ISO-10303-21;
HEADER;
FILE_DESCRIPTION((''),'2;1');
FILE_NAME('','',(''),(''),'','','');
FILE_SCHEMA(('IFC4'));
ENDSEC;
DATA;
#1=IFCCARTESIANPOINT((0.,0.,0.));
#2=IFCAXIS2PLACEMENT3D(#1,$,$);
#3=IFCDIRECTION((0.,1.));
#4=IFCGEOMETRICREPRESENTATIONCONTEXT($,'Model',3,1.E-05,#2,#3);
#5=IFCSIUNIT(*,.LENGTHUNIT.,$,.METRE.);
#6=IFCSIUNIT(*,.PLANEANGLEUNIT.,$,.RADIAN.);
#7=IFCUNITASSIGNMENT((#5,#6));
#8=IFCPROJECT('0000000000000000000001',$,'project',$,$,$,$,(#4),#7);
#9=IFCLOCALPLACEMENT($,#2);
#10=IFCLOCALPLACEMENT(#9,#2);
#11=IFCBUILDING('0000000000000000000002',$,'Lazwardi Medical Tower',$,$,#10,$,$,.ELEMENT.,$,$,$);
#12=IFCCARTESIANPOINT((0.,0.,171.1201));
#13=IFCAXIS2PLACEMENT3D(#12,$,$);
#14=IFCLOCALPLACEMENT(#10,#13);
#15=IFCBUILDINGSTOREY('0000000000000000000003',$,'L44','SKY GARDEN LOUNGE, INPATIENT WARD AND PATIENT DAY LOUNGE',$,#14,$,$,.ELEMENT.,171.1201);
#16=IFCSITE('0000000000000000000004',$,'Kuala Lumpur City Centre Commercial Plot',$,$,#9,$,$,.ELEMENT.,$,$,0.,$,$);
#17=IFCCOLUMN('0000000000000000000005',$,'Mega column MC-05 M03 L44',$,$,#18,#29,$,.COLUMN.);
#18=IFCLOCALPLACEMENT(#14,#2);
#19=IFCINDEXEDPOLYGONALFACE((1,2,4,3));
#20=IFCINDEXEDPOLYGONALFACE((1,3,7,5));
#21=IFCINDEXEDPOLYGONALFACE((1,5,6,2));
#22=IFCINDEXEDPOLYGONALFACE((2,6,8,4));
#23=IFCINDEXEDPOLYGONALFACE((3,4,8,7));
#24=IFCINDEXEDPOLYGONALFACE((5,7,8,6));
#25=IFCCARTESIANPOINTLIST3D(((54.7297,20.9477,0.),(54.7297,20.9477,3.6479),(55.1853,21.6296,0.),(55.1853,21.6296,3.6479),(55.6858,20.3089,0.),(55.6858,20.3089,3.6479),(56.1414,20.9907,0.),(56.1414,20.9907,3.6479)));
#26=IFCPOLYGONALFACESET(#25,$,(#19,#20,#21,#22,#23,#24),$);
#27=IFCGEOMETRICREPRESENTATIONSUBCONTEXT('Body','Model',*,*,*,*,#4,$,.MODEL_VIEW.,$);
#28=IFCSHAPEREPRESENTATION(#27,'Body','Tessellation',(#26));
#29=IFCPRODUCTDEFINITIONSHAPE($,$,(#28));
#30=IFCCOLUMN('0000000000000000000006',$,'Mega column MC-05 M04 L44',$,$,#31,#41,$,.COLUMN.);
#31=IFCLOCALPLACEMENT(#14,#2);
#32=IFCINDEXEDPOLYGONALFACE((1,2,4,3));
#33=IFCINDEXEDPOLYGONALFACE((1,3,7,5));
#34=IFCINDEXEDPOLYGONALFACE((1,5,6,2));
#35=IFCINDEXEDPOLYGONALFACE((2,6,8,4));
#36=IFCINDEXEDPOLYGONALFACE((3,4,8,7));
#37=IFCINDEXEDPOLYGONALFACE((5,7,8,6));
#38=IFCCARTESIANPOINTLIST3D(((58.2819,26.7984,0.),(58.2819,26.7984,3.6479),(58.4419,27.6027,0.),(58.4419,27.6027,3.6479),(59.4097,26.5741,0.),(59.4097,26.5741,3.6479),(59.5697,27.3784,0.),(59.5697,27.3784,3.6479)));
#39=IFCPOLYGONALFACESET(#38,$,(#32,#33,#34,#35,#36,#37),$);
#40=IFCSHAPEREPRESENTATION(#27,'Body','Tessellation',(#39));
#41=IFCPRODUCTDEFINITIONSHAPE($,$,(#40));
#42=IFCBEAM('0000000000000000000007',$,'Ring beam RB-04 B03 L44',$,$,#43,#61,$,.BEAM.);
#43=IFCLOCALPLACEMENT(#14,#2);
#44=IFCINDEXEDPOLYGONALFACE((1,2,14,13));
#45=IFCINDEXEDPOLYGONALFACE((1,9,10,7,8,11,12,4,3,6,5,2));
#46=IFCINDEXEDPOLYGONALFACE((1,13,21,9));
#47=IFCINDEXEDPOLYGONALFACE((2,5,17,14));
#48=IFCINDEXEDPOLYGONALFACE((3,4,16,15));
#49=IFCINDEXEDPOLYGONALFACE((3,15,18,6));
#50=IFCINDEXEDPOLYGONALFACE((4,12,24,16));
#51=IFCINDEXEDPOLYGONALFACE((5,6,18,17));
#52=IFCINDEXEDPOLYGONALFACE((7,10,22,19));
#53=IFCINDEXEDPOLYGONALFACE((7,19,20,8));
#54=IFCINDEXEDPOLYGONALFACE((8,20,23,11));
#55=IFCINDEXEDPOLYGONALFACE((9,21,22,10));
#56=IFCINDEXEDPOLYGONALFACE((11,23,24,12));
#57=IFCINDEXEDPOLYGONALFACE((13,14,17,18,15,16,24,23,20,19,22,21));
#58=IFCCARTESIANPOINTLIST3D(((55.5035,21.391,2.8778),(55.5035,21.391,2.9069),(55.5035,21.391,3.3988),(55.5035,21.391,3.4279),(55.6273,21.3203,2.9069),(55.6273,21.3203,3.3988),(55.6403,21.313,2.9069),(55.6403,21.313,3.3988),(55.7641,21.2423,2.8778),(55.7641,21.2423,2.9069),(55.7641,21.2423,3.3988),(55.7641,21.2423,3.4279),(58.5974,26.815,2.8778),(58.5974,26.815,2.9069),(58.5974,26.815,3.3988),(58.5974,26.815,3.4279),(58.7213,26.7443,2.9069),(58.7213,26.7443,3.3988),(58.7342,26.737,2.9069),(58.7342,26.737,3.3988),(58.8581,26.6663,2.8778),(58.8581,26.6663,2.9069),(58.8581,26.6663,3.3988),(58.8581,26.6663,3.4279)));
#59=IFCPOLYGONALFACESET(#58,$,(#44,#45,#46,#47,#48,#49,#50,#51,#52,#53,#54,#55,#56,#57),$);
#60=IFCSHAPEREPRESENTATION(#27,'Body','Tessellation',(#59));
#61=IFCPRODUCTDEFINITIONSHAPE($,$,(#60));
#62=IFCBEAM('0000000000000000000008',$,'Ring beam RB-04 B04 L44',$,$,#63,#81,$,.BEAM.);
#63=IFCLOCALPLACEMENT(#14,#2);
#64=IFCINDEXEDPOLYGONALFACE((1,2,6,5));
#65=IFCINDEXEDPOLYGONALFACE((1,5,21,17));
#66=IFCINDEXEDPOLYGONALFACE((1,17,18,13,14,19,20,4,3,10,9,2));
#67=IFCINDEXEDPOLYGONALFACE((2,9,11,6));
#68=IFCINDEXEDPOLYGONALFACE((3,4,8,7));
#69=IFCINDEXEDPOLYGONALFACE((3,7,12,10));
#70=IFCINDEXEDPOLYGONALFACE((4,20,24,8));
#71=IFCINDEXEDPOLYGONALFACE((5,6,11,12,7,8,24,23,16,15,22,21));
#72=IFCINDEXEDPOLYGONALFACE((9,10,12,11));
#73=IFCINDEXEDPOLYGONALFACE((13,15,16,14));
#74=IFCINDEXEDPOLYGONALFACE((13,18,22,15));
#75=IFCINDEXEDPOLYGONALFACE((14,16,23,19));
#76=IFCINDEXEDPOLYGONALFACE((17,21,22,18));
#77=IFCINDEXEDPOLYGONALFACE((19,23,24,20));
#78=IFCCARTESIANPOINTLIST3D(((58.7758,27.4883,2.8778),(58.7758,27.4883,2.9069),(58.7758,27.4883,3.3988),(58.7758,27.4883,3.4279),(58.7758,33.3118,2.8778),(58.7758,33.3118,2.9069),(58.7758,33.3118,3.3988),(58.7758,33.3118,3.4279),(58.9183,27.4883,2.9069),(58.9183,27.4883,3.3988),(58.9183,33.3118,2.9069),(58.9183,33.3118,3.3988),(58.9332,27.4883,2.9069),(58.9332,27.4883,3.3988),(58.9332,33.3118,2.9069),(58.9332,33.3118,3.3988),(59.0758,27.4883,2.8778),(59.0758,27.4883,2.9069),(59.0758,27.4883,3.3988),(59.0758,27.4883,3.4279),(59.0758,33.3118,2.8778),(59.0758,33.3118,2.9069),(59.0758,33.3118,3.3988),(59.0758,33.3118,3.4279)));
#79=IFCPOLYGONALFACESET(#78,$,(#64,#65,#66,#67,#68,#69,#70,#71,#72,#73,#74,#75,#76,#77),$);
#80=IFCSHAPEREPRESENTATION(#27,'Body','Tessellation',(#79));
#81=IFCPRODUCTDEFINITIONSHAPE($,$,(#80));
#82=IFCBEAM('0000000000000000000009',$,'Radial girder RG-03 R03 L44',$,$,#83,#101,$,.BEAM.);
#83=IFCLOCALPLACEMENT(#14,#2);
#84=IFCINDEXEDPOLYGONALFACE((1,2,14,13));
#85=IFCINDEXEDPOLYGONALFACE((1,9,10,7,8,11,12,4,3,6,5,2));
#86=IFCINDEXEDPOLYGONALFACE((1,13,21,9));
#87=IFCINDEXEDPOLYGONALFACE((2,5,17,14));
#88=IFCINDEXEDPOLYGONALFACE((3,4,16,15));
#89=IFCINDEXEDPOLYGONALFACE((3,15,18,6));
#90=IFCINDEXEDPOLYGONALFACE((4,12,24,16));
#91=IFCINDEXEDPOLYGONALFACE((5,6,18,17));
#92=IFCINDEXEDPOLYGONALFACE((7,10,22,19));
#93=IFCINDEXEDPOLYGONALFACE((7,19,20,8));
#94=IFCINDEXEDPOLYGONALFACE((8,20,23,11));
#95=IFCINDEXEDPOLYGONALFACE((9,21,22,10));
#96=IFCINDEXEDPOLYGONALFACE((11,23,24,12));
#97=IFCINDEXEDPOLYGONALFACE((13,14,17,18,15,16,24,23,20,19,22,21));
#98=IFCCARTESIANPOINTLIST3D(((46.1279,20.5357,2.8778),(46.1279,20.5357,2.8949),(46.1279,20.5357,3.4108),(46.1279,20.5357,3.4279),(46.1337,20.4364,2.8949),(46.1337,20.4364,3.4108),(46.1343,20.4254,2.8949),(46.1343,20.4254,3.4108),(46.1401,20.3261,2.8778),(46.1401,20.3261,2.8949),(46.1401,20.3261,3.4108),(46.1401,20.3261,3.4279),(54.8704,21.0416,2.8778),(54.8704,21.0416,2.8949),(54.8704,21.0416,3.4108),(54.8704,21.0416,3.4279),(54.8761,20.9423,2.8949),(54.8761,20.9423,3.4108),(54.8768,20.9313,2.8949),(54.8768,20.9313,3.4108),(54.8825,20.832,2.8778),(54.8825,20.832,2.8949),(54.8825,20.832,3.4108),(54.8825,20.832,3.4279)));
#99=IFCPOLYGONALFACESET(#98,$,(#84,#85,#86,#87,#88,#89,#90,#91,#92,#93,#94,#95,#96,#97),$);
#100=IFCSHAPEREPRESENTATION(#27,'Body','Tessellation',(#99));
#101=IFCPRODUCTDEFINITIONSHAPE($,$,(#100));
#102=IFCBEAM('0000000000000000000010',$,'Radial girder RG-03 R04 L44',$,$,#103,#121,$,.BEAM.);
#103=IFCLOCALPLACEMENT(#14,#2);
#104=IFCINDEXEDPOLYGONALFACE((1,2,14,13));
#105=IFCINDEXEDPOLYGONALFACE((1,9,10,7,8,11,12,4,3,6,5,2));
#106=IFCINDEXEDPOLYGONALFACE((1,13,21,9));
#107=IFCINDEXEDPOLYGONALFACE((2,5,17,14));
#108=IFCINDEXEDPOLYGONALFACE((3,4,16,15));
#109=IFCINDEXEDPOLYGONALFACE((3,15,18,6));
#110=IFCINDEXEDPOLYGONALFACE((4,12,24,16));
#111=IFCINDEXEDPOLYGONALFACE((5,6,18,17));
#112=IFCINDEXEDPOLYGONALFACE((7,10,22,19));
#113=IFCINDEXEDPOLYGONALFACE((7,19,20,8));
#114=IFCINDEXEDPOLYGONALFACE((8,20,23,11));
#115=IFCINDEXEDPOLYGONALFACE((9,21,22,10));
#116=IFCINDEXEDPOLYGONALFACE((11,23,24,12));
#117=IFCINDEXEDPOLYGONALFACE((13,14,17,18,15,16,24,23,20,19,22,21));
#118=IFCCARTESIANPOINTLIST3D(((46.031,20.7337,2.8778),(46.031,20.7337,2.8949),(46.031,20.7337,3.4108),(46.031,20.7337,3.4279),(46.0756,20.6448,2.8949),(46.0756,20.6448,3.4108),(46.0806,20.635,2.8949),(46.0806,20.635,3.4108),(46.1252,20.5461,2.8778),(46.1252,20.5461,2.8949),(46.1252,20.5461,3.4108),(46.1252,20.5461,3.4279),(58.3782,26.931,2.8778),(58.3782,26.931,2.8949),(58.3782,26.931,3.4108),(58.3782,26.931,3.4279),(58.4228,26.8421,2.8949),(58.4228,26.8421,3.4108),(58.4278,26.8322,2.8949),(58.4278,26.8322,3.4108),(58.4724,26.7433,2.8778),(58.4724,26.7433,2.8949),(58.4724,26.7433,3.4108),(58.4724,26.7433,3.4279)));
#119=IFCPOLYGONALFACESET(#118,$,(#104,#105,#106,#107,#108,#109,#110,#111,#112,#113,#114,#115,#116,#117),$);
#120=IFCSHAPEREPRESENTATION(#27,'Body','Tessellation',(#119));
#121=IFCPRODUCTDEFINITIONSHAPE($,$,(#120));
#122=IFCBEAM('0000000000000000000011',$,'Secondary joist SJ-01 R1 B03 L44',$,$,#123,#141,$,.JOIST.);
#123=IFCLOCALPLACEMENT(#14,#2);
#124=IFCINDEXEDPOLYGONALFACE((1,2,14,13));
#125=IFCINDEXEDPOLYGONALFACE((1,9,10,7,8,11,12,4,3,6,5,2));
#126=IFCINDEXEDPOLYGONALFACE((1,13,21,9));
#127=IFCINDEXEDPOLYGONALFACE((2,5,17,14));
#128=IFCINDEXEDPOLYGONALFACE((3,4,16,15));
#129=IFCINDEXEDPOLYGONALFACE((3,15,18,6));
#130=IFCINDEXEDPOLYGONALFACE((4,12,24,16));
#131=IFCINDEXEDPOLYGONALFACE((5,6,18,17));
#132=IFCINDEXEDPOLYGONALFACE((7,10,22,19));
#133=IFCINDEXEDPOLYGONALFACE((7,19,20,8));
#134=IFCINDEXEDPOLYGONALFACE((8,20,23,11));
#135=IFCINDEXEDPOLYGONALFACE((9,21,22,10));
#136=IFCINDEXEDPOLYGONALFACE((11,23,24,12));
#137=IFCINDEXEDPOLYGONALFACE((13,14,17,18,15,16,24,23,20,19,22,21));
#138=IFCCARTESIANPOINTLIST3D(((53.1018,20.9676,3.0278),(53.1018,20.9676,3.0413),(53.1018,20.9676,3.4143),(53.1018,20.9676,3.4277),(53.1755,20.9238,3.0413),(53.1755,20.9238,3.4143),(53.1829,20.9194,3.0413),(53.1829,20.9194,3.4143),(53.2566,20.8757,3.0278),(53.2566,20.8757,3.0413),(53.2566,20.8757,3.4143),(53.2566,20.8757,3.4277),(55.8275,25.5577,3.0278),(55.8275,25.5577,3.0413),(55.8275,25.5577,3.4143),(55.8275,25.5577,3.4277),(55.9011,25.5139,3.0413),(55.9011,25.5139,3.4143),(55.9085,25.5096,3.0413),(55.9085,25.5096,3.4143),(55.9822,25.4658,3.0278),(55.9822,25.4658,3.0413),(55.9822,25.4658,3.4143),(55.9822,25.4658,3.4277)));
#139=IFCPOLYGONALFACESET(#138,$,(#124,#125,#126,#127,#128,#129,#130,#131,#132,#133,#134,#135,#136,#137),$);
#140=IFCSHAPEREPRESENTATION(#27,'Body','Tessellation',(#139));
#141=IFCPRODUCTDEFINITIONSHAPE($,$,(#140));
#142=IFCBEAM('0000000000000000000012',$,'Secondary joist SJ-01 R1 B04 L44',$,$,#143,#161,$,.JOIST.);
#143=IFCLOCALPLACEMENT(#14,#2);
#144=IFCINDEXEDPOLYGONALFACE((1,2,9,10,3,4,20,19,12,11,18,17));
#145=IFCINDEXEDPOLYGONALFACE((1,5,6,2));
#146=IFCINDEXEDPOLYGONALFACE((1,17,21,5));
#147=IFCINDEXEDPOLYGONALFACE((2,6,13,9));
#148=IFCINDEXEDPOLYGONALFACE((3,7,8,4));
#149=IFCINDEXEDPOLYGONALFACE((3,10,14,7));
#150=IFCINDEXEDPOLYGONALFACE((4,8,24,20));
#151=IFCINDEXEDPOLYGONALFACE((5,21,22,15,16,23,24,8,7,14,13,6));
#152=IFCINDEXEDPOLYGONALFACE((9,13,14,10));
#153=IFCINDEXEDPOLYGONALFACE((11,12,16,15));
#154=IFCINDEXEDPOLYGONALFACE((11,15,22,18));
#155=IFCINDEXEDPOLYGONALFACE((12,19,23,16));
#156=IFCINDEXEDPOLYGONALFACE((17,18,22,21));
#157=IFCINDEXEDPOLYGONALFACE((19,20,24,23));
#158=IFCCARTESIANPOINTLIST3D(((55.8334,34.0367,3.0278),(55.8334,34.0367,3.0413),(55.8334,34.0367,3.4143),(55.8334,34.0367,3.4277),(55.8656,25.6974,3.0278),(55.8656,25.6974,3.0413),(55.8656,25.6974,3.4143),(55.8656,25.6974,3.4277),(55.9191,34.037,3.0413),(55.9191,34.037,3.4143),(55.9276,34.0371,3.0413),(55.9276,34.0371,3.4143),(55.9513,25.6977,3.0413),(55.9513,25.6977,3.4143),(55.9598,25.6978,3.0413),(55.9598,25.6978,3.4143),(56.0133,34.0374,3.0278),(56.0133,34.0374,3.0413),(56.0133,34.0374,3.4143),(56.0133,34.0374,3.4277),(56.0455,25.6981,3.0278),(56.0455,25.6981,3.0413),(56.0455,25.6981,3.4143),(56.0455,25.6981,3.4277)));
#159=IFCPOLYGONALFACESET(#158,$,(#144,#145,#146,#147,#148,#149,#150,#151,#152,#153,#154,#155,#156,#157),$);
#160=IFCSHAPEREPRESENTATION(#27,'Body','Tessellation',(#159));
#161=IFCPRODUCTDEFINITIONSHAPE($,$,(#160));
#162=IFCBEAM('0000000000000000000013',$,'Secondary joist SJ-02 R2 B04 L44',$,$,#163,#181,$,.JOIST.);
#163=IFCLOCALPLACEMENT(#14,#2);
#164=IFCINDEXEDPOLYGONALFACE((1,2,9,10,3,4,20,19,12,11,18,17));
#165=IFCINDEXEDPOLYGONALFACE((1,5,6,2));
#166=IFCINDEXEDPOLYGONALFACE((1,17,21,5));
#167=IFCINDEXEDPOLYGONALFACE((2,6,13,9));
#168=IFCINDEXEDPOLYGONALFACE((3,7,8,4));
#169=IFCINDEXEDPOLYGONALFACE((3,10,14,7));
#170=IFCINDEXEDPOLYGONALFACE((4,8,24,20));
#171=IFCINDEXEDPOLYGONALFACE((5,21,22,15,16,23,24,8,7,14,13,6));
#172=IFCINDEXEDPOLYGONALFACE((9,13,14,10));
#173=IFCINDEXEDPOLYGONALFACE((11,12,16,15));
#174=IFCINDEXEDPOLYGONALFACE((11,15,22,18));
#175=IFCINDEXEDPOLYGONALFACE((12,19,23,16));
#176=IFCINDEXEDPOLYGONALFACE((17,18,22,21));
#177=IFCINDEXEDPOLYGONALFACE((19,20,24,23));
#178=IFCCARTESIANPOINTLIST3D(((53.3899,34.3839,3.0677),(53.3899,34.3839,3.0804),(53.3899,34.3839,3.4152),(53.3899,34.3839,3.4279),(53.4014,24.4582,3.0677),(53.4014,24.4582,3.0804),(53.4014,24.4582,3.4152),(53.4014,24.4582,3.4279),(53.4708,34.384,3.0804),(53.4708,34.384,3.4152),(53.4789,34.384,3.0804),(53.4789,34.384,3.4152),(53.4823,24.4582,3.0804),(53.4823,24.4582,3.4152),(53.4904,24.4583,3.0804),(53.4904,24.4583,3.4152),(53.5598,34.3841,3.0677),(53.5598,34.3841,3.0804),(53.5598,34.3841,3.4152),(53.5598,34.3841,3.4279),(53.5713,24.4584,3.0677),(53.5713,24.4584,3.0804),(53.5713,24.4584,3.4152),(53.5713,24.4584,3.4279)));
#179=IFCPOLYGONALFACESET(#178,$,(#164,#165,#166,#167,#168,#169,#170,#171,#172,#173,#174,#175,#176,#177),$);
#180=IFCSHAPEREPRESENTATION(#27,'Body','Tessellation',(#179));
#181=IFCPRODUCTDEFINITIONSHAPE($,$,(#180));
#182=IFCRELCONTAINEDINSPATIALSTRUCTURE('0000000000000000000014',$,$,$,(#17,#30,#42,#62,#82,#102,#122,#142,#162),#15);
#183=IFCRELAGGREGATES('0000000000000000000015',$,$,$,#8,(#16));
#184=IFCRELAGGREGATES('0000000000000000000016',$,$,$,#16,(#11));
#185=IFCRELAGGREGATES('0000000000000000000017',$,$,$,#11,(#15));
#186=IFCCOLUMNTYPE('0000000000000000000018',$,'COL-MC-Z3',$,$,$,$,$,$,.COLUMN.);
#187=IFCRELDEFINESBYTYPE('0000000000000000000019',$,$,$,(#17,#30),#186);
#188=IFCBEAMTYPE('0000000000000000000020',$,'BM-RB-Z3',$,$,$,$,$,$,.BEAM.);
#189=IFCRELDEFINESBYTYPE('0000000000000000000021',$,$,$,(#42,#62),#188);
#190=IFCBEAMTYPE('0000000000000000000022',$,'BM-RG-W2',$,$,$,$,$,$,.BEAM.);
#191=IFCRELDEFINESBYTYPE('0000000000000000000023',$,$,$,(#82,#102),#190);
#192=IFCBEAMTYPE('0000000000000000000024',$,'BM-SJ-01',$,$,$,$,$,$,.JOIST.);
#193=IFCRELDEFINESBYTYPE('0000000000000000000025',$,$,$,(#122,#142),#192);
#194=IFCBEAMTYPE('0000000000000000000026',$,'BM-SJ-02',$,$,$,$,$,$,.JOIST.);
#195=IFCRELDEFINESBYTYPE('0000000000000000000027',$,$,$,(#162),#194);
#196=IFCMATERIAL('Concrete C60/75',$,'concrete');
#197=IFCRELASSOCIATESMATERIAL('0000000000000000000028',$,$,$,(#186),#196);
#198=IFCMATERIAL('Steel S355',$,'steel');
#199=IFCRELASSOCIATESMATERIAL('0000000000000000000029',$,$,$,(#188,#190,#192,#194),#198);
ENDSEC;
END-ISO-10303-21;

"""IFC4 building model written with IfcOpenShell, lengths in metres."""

from ifc_helpers import new_model, si_unit, direction, frame, origin, origin_2d, place, context, subcontext, project, spatial, rectangle, i_section, extrude, material, material_profile, profile_set, type_object, element, save


model = new_model("IFC4")

# Units and contexts
model_context = context("Model", 3, precision=1e-05, world=origin(), true_north=direction((0.0, 1.0)))
body_context = subcontext(model_context, "Body", "Model", "MODEL_VIEW")
ifc_project = project(units=[si_unit("LENGTHUNIT", "METRE"), si_unit("PLANEANGLEUNIT", "RADIAN")], contexts=[model_context])

# Site, building, storey
site_placement = place(None, origin())
site = spatial("IfcSite", under=ifc_project, at=site_placement, Name="Kuala Lumpur City Centre Commercial Plot", CompositionType="ELEMENT", RefElevation=0.0)
building_placement = place(site_placement, origin())
building = spatial("IfcBuilding", under=site, at=building_placement, Name="Lazwardi Medical Tower", CompositionType="ELEMENT")
storey_placement = place(building_placement, frame((0.0, 0.0, 171.1201)))
storey = spatial("IfcBuildingStorey", under=building, at=storey_placement, Name="L44", Description="SKY GARDEN LOUNGE, INPATIENT WARD AND PATIENT DAY LOUNGE", CompositionType="ELEMENT", Elevation=171.1201)

# Columns
ifc_material_1 = material(Name="Concrete C60/75", Category="concrete")
ifc_material_profile_1 = material_profile(ifc_material_1, rectangle(XDim=1.1499, YDim=0.8201, at=origin_2d()), Name="CFT-RECT 1150x820")
ifc_profile_set_1 = profile_set([ifc_material_profile_1], Name="Concrete C60/75")
column_type = type_object("IfcColumnType", Name="COL-MC-Z3", PredefinedType="COLUMN", material=ifc_profile_set_1)
for number, where, z_axis, x_axis, name in (
    (1, (55.4355, 20.9692, 0.0), (0.0, 0.0, 1.0), (0.83147, -0.55557, 0.0), "Mega column MC-05 M03 L44"),
    (2, (58.9258, 27.0884, 0.0), (0.0, 0.0, 1.0), (0.980785, -0.19509, 0.0), "Mega column MC-05 M04 L44"),
):
    element("IfcColumn", number, at=place(storey_placement, frame(where, z_axis=z_axis, x_axis=x_axis)), inside=storey, type_object=column_type, Name=name, PredefinedType="COLUMN", context=body_context, shape_type="SweptSolid", body=[
        extrude(rectangle(XDim=1.1499, YDim=0.8201, at=origin_2d()), origin(), (0.0, 0.0, 1.0), 3.6479),
    ])

# Beams
ifc_material_2 = material(Name="Steel S355", Category="steel")
ifc_material_profile_2 = material_profile(ifc_material_2, i_section(OverallWidth=0.3, OverallDepth=0.55, WebThickness=0.0149, FlangeThickness=0.0291, at=origin_2d()), Name="HEB 550")
ifc_profile_set_2 = profile_set([ifc_material_profile_2], Name="Steel S355")
beam_type_1 = type_object("IfcBeamType", Name="BM-RB-Z3", PredefinedType="BEAM", material=ifc_profile_set_2)
beam_1_placement = place(storey_placement, frame((55.6338, 21.3167, 3.1528), z_axis=(0.495478, 0.868621, 0.0), x_axis=(-0.868621, 0.495478, 0.0)))
element("IfcBeam", 3, at=beam_1_placement, inside=storey, type_object=beam_type_1, Name="Ring beam RB-04 B03 L44", PredefinedType="BEAM", context=body_context, shape_type="SweptSolid", body=[
    extrude(i_section(OverallWidth=0.3, OverallDepth=0.55, WebThickness=0.0149, FlangeThickness=0.0291, at=origin_2d()), origin(), (0.0, 0.0, 1.0), 6.2444),
])
beam_2_placement = place(storey_placement, frame((58.9258, 27.4883, 3.1528), z_axis=(0.0, 1.0, 0.0), x_axis=(-1.0, 0.0, 0.0)))
element("IfcBeam", 4, at=beam_2_placement, inside=storey, type_object=beam_type_1, Name="Ring beam RB-04 B04 L44", PredefinedType="BEAM", context=body_context, shape_type="SweptSolid", body=[
    extrude(i_section(OverallWidth=0.3, OverallDepth=0.55, WebThickness=0.0149, FlangeThickness=0.0291, at=origin_2d()), origin(), (0.0, 0.0, 1.0), 5.8235),
])
ifc_material_profile_3 = material_profile(ifc_material_2, i_section(OverallWidth=0.21, OverallDepth=0.55, WebThickness=0.011, FlangeThickness=0.0171, at=origin_2d()), Name="IPE 550")
ifc_profile_set_3 = profile_set([ifc_material_profile_3], Name="Steel S355")
beam_type_2 = type_object("IfcBeamType", Name="BM-RG-W2", PredefinedType="BEAM", material=ifc_profile_set_3)
beam_3_placement = place(storey_placement, frame((54.8765, 20.9368, 3.1528), z_axis=(-0.99833, -0.057766, 0.0), x_axis=(0.057766, -0.99833, 0.0)))
element("IfcBeam", 5, at=beam_3_placement, inside=storey, type_object=beam_type_2, Name="Radial girder RG-03 R03 L44", PredefinedType="BEAM", context=body_context, shape_type="SweptSolid", body=[
    extrude(i_section(OverallWidth=0.21, OverallDepth=0.55, WebThickness=0.011, FlangeThickness=0.0171, at=origin_2d()), origin(), (0.0, 0.0, 1.0), 8.7571),
])
beam_4_placement = place(storey_placement, frame((58.4253, 26.8372, 3.1528), z_axis=(-0.89374, -0.448584, 0.0), x_axis=(0.448584, -0.89374, 0.0)))
element("IfcBeam", 6, at=beam_4_placement, inside=storey, type_object=beam_type_2, Name="Radial girder RG-03 R04 L44", PredefinedType="BEAM", context=body_context, shape_type="SweptSolid", body=[
    extrude(i_section(OverallWidth=0.21, OverallDepth=0.55, WebThickness=0.011, FlangeThickness=0.0171, at=origin_2d()), origin(), (0.0, 0.0, 1.0), 13.8152),
])
ifc_material_profile_4 = material_profile(ifc_material_2, i_section(OverallWidth=0.1799, OverallDepth=0.3999, WebThickness=0.0085, FlangeThickness=0.0134, at=origin_2d()), Name="IPE 400")
ifc_profile_set_4 = profile_set([ifc_material_profile_4], Name="Steel S355")
beam_type_3 = type_object("IfcBeamType", Name="BM-SJ-01", PredefinedType="JOIST", material=ifc_profile_set_4)
beam_5_placement = place(storey_placement, frame((53.1792, 20.9216, 3.2278), z_axis=(0.510569, 0.859837, 0.0), x_axis=(-0.859837, 0.510569, 0.0)))
element("IfcBeam", 7, at=beam_5_placement, inside=storey, type_object=beam_type_3, Name="Secondary joist SJ-01 R1 B03 L44", PredefinedType="JOIST", context=body_context, shape_type="SweptSolid", body=[
    extrude(i_section(OverallWidth=0.1799, OverallDepth=0.3999, WebThickness=0.0085, FlangeThickness=0.0134, at=origin_2d()), origin(), (0.0, 0.0, 1.0), 5.3384),
])
beam_6_placement = place(storey_placement, frame((55.9556, 25.6978, 3.2278), z_axis=(-0.003864, 0.999993, 0.0), x_axis=(-0.999993, -0.003864, 0.0)))
element("IfcBeam", 8, at=beam_6_placement, inside=storey, type_object=beam_type_3, Name="Secondary joist SJ-01 R1 B04 L44", PredefinedType="JOIST", context=body_context, shape_type="SweptSolid", body=[
    extrude(i_section(OverallWidth=0.1799, OverallDepth=0.3999, WebThickness=0.0085, FlangeThickness=0.0134, at=origin_2d()), origin(), (0.0, 0.0, 1.0), 8.3394),
])
ifc_material_profile_5 = material_profile(ifc_material_2, i_section(OverallWidth=0.1699, OverallDepth=0.3601, WebThickness=0.0081, FlangeThickness=0.0127, at=origin_2d()), Name="IPE 360")
ifc_profile_set_5 = profile_set([ifc_material_profile_5], Name="Steel S355")
beam_type_4 = type_object("IfcBeamType", Name="BM-SJ-02", PredefinedType="JOIST", material=ifc_profile_set_5)
beam_7_placement = place(storey_placement, frame((53.4863, 24.4583, 3.2478), z_axis=(-0.001156, 0.999999, 0.0), x_axis=(-0.999999, -0.001156, 0.0)))
element("IfcBeam", 9, at=beam_7_placement, inside=storey, type_object=beam_type_4, Name="Secondary joist SJ-02 R2 B04 L44", PredefinedType="JOIST", context=body_context, shape_type="SweptSolid", body=[
    extrude(i_section(OverallWidth=0.1699, OverallDepth=0.3601, WebThickness=0.0081, FlangeThickness=0.0127, at=origin_2d()), origin(), (0.0, 0.0, 1.0), 9.9258),
])

save(model, "model.ifc")
